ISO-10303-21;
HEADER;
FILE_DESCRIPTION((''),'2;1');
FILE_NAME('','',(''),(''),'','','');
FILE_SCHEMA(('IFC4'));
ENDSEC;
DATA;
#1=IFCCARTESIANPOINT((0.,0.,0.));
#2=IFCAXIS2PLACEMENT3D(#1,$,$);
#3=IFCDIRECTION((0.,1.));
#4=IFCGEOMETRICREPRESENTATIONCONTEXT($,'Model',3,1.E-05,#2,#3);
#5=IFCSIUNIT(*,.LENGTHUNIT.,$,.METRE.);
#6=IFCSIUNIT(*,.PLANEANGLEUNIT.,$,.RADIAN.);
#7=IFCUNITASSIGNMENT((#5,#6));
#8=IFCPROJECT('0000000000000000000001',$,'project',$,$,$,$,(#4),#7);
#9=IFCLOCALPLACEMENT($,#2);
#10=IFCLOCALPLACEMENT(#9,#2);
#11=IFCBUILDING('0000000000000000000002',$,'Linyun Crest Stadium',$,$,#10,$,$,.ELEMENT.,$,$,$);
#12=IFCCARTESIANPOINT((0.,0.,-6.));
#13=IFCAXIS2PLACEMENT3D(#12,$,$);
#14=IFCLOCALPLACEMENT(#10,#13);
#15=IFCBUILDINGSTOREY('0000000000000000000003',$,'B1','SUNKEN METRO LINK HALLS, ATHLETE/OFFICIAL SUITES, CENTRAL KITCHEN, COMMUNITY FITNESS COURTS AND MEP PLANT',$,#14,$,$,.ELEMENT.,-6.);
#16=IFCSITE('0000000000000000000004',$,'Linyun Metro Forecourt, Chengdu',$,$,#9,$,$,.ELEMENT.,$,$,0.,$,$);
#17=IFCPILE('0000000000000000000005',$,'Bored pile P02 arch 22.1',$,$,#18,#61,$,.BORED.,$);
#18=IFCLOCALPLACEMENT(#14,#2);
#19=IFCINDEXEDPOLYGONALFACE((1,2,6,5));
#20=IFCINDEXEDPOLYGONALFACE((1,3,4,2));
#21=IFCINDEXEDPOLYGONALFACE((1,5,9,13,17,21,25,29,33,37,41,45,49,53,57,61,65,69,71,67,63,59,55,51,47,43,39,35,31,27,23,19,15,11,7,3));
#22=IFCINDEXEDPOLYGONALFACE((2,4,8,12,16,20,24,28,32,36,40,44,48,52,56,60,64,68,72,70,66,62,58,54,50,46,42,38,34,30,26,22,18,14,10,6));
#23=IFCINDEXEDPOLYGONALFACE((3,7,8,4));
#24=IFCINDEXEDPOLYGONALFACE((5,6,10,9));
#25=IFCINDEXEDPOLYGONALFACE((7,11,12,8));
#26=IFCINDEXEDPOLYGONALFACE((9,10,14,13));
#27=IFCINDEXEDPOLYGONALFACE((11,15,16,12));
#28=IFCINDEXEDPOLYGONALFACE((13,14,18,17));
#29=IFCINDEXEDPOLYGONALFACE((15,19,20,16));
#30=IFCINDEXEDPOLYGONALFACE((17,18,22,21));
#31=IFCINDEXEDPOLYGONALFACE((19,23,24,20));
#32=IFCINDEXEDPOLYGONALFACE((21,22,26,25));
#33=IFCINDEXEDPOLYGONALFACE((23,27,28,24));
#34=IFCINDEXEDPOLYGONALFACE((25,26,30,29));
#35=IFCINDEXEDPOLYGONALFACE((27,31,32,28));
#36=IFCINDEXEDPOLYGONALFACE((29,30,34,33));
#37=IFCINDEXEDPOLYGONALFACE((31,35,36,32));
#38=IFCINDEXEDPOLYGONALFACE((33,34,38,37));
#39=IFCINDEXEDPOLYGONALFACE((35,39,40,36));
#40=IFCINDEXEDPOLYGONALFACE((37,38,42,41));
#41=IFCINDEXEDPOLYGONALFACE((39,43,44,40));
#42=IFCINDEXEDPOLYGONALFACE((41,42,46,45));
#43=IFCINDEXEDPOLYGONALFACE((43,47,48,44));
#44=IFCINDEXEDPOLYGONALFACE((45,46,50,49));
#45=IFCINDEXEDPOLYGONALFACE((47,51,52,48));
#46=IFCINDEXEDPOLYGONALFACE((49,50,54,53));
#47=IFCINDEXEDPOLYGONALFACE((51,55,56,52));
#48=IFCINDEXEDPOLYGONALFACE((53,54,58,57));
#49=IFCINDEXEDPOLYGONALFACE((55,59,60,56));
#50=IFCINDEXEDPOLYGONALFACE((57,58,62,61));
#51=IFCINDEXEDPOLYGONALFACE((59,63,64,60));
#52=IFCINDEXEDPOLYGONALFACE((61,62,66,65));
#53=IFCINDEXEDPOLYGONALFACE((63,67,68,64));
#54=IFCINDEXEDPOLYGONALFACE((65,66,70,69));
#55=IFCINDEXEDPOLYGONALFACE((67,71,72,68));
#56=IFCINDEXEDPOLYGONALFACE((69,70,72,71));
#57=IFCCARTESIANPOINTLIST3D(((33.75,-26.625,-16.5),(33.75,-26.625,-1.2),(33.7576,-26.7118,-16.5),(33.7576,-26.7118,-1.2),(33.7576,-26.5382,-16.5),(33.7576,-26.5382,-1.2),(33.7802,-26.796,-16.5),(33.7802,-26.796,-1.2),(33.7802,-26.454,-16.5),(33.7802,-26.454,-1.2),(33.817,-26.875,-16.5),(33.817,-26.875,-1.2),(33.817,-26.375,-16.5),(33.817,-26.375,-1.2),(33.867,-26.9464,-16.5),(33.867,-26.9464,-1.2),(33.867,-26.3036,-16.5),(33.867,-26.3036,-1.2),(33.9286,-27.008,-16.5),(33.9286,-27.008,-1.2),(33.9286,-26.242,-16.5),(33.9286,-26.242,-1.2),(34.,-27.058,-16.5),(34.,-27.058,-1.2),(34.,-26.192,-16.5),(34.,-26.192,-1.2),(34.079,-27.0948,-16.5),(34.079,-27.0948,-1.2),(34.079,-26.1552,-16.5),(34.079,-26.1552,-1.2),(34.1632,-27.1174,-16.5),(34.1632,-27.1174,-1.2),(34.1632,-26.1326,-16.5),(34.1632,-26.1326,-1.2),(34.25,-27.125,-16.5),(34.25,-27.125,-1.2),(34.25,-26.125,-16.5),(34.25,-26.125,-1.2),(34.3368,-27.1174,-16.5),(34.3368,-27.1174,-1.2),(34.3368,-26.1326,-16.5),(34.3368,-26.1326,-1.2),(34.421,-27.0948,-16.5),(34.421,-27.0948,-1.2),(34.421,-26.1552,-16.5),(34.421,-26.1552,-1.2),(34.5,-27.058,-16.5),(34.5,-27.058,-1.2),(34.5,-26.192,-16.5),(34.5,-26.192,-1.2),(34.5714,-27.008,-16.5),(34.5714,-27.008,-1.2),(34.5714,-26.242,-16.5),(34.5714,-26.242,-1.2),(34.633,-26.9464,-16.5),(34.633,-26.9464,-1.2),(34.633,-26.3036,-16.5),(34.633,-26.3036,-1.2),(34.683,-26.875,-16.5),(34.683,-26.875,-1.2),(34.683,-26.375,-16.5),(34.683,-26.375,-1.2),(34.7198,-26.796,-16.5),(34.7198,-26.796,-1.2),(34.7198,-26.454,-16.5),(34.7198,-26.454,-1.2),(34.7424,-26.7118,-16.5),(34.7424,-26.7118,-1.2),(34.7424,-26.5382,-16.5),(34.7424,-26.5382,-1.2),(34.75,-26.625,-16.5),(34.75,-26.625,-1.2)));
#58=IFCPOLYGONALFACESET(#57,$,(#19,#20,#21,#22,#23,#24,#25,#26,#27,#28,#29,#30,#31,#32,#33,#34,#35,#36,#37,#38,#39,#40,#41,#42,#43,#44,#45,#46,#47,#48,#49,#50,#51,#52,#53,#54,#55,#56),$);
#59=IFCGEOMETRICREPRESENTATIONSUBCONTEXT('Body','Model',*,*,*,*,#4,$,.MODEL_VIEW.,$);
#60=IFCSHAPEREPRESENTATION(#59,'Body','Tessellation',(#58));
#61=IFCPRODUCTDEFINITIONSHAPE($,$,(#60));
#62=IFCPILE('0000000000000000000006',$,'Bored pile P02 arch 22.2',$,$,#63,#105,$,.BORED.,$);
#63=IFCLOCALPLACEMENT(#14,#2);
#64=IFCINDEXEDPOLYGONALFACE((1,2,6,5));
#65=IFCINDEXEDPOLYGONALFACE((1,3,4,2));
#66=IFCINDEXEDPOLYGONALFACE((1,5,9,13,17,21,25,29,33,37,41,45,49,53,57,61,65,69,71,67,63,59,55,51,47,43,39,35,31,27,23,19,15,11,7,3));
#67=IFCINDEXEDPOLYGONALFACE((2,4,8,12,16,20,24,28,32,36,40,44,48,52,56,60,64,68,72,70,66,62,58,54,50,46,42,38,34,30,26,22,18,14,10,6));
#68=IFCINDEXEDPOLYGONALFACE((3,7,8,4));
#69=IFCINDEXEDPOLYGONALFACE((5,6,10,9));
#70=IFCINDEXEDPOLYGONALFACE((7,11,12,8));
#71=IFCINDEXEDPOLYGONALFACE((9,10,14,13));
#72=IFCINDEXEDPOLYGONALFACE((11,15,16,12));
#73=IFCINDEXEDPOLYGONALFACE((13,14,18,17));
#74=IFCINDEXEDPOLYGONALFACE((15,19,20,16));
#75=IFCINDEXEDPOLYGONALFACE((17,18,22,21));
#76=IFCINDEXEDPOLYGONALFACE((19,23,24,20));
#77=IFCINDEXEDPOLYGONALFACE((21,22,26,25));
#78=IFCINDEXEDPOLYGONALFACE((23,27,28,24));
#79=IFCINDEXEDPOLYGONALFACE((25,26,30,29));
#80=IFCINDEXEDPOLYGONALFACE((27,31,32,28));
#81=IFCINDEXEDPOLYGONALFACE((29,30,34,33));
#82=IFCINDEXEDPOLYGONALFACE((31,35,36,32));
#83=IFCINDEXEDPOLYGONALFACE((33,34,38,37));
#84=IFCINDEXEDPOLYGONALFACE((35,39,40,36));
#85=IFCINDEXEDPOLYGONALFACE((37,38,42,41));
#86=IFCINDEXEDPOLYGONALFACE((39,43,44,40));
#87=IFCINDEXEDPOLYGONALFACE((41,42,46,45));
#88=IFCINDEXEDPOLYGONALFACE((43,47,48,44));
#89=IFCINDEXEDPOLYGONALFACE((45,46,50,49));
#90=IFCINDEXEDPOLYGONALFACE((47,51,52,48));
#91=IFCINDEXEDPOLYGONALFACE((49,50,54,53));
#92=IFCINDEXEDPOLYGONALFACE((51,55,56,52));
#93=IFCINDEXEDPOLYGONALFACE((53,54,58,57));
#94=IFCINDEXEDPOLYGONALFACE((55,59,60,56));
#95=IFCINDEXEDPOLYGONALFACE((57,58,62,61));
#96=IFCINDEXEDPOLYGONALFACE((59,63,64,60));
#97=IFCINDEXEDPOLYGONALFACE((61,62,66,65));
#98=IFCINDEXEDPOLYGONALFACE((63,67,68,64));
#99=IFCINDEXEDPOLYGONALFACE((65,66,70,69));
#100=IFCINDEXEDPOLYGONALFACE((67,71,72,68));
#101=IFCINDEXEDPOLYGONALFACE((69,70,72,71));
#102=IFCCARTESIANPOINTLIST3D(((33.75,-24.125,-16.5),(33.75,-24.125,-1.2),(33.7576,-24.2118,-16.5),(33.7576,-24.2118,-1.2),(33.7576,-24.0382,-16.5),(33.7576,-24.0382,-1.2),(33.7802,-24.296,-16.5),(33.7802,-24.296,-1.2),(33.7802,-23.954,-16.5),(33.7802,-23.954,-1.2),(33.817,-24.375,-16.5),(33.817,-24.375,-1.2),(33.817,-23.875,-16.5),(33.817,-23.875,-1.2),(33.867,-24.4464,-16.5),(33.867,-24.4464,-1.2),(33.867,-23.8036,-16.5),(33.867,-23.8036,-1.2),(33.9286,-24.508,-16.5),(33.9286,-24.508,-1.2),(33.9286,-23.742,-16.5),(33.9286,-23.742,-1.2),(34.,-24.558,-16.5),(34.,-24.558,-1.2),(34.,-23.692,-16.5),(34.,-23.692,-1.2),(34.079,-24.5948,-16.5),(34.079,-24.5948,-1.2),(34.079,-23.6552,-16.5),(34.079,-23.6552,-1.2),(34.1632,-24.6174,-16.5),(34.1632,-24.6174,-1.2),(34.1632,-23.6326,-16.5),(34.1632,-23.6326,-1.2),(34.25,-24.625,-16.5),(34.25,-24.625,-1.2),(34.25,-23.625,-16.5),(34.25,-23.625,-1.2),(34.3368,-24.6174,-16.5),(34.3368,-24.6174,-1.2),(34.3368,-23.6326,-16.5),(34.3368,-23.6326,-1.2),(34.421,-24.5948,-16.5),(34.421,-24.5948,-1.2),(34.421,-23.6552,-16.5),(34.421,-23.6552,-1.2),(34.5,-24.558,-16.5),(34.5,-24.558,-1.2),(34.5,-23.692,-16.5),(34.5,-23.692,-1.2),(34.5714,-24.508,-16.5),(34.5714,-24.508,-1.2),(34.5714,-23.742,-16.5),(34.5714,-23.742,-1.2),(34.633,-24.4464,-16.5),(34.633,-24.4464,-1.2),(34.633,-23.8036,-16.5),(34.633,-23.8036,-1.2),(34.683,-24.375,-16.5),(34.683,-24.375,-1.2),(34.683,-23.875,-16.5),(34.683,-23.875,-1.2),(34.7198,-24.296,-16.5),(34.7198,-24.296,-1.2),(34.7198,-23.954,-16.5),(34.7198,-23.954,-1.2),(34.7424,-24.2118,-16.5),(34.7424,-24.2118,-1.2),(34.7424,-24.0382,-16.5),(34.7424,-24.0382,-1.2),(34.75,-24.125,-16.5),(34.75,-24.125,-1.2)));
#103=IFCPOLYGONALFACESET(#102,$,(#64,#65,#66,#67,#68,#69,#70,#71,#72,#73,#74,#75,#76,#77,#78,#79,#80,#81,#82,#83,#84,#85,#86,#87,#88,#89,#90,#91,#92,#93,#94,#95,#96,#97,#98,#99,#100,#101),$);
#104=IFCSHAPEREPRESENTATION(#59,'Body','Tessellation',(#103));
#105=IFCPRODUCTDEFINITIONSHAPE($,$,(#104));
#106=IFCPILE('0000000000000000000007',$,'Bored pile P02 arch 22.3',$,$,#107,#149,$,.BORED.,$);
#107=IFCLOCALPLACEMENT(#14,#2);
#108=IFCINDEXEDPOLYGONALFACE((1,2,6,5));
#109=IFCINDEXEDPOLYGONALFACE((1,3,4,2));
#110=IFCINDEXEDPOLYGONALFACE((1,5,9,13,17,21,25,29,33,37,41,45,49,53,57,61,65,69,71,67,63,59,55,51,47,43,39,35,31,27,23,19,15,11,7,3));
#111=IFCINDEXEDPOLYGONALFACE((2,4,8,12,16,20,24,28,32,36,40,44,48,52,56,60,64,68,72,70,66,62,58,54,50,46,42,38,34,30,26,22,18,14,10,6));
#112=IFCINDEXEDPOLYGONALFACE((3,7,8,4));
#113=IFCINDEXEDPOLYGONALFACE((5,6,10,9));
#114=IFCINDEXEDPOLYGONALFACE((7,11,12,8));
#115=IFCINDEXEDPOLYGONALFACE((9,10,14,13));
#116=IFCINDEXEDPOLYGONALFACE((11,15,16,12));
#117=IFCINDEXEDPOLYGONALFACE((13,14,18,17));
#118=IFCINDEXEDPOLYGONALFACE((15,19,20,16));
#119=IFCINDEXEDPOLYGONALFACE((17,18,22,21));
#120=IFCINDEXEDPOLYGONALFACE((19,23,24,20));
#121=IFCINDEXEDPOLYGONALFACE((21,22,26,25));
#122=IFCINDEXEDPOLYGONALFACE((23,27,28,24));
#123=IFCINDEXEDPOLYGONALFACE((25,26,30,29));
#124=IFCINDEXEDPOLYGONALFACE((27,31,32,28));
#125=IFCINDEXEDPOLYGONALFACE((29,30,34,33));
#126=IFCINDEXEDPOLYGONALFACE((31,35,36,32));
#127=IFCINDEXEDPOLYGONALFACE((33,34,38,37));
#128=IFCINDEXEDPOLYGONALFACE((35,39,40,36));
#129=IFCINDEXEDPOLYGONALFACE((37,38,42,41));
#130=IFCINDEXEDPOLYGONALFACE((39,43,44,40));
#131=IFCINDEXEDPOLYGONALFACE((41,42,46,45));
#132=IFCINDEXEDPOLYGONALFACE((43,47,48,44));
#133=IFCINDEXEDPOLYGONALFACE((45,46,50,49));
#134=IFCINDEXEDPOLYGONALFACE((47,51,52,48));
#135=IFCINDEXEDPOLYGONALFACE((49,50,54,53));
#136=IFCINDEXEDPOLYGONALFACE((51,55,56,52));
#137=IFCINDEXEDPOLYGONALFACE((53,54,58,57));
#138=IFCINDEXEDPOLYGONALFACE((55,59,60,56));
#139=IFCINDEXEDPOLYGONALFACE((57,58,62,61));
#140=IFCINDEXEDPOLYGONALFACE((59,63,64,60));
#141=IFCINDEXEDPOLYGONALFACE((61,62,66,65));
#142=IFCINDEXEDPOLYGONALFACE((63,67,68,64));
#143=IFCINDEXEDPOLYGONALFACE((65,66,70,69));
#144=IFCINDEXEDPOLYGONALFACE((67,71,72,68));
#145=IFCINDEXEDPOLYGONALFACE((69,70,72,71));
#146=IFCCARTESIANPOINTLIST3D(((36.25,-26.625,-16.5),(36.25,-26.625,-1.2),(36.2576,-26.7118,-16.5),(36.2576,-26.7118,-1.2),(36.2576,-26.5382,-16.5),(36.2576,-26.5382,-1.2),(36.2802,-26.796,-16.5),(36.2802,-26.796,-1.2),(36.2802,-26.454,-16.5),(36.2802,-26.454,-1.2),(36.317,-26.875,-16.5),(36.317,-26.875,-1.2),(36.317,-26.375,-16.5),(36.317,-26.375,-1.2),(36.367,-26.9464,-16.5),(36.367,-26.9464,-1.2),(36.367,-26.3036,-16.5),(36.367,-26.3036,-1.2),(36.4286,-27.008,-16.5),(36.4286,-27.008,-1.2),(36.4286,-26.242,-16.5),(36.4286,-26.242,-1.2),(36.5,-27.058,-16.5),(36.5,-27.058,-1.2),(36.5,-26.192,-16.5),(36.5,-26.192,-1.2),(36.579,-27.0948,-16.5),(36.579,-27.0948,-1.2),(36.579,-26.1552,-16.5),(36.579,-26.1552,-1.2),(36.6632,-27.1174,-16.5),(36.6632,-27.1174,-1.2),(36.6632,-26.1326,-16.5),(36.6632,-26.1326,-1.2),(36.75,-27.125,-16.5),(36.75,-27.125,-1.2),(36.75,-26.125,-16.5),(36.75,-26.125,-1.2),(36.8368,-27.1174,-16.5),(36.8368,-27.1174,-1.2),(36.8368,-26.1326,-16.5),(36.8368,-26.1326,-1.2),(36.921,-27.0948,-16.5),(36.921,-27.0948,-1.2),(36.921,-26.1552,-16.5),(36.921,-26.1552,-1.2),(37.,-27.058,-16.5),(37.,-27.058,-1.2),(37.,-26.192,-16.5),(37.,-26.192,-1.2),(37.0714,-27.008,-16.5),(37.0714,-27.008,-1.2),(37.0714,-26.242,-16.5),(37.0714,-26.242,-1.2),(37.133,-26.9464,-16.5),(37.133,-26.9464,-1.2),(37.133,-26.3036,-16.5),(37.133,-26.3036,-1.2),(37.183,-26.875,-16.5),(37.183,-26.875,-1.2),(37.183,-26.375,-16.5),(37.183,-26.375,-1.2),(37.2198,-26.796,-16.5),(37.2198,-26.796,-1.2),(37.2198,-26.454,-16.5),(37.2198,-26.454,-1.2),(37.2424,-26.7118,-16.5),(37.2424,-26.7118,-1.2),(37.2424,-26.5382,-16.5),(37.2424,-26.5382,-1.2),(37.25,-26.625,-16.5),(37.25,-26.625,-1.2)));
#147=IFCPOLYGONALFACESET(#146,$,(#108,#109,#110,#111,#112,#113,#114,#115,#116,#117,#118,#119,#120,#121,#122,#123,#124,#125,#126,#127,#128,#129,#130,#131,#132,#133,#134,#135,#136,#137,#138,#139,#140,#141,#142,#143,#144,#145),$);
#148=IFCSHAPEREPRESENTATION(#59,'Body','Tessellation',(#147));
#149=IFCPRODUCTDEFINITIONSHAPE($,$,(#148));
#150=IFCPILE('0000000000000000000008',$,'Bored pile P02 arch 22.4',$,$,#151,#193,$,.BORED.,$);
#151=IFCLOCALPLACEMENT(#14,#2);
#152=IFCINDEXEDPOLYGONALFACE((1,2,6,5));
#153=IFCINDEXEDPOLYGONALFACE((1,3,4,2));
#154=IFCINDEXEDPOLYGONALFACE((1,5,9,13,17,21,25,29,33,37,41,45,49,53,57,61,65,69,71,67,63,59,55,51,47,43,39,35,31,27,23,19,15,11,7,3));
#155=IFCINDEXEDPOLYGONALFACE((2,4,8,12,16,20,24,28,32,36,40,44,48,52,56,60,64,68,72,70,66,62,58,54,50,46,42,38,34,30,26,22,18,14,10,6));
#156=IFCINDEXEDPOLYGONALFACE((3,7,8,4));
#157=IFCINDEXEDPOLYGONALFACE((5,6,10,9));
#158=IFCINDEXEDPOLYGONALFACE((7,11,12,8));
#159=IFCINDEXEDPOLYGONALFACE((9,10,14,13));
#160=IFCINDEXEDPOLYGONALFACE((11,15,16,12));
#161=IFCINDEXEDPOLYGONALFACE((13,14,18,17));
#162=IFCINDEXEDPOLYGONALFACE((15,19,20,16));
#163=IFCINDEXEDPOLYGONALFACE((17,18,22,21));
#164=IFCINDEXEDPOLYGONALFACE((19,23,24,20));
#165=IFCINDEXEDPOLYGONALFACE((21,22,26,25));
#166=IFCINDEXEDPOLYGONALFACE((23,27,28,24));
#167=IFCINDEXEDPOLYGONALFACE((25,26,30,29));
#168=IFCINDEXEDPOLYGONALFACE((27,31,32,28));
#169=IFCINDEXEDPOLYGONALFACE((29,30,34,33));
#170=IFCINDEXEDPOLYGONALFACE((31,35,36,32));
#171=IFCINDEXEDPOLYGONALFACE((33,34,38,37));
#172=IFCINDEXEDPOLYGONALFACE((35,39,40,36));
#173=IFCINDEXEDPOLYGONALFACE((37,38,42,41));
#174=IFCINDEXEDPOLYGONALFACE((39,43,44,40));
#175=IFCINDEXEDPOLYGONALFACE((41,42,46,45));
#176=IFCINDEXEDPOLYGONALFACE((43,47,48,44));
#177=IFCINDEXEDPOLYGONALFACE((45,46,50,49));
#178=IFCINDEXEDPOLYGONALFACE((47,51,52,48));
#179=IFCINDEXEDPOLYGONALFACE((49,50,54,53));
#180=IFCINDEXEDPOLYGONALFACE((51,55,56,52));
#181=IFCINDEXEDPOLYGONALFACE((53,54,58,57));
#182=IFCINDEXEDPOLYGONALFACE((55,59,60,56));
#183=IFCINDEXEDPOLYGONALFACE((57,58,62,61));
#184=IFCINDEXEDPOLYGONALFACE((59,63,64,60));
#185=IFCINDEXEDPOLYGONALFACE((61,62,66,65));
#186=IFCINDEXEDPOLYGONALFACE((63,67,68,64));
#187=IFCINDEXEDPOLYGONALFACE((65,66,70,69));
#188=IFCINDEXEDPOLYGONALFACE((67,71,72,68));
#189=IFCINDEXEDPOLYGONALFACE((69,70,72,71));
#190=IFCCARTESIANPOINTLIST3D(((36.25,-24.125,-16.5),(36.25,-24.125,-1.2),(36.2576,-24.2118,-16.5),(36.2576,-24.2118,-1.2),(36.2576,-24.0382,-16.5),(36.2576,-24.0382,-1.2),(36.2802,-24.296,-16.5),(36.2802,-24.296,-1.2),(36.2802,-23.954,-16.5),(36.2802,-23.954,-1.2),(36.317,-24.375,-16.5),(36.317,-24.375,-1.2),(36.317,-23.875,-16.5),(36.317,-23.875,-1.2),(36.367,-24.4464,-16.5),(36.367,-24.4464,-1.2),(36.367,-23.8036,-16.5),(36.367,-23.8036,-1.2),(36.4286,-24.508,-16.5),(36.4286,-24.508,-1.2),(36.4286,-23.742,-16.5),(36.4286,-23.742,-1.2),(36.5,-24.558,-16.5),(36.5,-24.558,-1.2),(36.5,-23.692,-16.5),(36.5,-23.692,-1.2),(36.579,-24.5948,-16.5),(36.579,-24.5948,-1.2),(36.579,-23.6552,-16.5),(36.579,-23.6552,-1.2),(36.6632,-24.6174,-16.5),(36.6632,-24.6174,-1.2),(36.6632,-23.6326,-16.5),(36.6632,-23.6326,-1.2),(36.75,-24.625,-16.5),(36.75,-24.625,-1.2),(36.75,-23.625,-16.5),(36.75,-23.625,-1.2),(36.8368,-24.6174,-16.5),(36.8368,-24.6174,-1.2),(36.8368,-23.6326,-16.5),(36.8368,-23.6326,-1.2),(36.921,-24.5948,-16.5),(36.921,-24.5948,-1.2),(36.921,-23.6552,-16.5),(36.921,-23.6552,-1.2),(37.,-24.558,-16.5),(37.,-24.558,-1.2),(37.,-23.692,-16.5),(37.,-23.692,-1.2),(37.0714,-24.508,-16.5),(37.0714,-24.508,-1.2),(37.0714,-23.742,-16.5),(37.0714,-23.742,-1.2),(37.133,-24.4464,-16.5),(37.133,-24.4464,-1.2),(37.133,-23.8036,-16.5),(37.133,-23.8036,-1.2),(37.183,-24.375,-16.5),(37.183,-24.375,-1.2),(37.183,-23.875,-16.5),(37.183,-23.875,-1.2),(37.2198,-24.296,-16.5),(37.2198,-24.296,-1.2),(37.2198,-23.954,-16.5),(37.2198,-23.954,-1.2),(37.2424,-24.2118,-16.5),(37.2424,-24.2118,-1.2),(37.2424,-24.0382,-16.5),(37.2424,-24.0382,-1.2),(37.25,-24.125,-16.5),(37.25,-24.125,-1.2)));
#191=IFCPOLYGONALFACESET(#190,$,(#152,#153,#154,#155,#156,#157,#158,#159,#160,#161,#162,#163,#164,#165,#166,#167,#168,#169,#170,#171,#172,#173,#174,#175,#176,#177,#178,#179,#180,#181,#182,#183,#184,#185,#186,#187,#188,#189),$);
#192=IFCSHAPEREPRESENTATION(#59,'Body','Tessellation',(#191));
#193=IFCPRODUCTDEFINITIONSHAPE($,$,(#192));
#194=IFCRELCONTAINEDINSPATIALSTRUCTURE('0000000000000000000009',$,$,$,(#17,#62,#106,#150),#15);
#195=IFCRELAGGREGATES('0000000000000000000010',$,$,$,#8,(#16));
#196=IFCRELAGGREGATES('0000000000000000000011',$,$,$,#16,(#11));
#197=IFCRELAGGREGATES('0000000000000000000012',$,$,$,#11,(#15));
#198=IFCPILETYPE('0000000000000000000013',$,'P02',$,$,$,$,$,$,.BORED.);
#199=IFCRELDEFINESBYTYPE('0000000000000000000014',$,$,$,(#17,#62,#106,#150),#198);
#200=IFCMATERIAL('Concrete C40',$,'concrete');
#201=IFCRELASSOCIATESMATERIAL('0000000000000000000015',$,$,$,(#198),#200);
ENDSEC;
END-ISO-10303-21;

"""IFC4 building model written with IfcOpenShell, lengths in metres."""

from ifc_helpers import new_model, si_unit, direction, frame, origin, origin_2d, place, context, subcontext, project, spatial, circle, extrude, material, material_profile, profile_set, type_object, element, save


model = new_model("IFC4")

# Units and contexts
model_context = context("Model", 3, precision=1e-05, world=origin(), true_north=direction((0.0, 1.0)))
body_context = subcontext(model_context, "Body", "Model", "MODEL_VIEW")
ifc_project = project(units=[si_unit("LENGTHUNIT", "METRE"), si_unit("PLANEANGLEUNIT", "RADIAN")], contexts=[model_context])

# Site, building, storey
site_placement = place(None, origin())
site = spatial("IfcSite", under=ifc_project, at=site_placement, Name="Linyun Metro Forecourt, Chengdu", CompositionType="ELEMENT", RefElevation=0.0)
building_placement = place(site_placement, origin())
building = spatial("IfcBuilding", under=site, at=building_placement, Name="Linyun Crest Stadium", CompositionType="ELEMENT")
storey_placement = place(building_placement, frame((0.0, 0.0, -6.0)))
storey = spatial("IfcBuildingStorey", under=building, at=storey_placement, Name="B1", Description="SUNKEN METRO LINK HALLS, ATHLETE/OFFICIAL SUITES, CENTRAL KITCHEN, COMMUNITY FITNESS COURTS AND MEP PLANT", CompositionType="ELEMENT", Elevation=-6.0)

# Piles
ifc_material_1 = material(Name="Concrete C40", Category="concrete")
ifc_material_profile_1 = material_profile(ifc_material_1, circle(Radius=0.5, at=origin_2d()), Name="BORED PILE 1000")
ifc_profile_set_1 = profile_set([ifc_material_profile_1], Name="Concrete C40")
pile_type_1 = type_object("IfcPileType", Name="P02", PredefinedType="BORED", material=ifc_profile_set_1)
for number, where, z_axis, x_axis, name in (
    (1, (34.25, -26.625, -1.2), (0.0, 0.0, -1.0), (1.0, 0.0, 0.0), "Bored pile P02 arch 22.1"),
    (2, (34.25, -24.125, -1.2), (0.0, 0.0, -1.0), (1.0, 0.0, 0.0), "Bored pile P02 arch 22.2"),
    (3, (36.75, -26.625, -1.2), (0.0, 0.0, -1.0), (1.0, 0.0, 0.0), "Bored pile P02 arch 22.3"),
    (4, (36.75, -24.125, -1.2), (0.0, 0.0, -1.0), (1.0, 0.0, 0.0), "Bored pile P02 arch 22.4"),
):
    element("IfcPile", number, at=place(storey_placement, frame(where, z_axis=z_axis, x_axis=x_axis)), inside=storey, type_object=pile_type_1, Name=name, PredefinedType="BORED", context=body_context, shape_type="SweptSolid", body=[
        extrude(circle(Radius=0.5, at=origin_2d()), origin(), (0.0, 0.0, 1.0), 15.3),
    ])

save(model, "model.ifc")
